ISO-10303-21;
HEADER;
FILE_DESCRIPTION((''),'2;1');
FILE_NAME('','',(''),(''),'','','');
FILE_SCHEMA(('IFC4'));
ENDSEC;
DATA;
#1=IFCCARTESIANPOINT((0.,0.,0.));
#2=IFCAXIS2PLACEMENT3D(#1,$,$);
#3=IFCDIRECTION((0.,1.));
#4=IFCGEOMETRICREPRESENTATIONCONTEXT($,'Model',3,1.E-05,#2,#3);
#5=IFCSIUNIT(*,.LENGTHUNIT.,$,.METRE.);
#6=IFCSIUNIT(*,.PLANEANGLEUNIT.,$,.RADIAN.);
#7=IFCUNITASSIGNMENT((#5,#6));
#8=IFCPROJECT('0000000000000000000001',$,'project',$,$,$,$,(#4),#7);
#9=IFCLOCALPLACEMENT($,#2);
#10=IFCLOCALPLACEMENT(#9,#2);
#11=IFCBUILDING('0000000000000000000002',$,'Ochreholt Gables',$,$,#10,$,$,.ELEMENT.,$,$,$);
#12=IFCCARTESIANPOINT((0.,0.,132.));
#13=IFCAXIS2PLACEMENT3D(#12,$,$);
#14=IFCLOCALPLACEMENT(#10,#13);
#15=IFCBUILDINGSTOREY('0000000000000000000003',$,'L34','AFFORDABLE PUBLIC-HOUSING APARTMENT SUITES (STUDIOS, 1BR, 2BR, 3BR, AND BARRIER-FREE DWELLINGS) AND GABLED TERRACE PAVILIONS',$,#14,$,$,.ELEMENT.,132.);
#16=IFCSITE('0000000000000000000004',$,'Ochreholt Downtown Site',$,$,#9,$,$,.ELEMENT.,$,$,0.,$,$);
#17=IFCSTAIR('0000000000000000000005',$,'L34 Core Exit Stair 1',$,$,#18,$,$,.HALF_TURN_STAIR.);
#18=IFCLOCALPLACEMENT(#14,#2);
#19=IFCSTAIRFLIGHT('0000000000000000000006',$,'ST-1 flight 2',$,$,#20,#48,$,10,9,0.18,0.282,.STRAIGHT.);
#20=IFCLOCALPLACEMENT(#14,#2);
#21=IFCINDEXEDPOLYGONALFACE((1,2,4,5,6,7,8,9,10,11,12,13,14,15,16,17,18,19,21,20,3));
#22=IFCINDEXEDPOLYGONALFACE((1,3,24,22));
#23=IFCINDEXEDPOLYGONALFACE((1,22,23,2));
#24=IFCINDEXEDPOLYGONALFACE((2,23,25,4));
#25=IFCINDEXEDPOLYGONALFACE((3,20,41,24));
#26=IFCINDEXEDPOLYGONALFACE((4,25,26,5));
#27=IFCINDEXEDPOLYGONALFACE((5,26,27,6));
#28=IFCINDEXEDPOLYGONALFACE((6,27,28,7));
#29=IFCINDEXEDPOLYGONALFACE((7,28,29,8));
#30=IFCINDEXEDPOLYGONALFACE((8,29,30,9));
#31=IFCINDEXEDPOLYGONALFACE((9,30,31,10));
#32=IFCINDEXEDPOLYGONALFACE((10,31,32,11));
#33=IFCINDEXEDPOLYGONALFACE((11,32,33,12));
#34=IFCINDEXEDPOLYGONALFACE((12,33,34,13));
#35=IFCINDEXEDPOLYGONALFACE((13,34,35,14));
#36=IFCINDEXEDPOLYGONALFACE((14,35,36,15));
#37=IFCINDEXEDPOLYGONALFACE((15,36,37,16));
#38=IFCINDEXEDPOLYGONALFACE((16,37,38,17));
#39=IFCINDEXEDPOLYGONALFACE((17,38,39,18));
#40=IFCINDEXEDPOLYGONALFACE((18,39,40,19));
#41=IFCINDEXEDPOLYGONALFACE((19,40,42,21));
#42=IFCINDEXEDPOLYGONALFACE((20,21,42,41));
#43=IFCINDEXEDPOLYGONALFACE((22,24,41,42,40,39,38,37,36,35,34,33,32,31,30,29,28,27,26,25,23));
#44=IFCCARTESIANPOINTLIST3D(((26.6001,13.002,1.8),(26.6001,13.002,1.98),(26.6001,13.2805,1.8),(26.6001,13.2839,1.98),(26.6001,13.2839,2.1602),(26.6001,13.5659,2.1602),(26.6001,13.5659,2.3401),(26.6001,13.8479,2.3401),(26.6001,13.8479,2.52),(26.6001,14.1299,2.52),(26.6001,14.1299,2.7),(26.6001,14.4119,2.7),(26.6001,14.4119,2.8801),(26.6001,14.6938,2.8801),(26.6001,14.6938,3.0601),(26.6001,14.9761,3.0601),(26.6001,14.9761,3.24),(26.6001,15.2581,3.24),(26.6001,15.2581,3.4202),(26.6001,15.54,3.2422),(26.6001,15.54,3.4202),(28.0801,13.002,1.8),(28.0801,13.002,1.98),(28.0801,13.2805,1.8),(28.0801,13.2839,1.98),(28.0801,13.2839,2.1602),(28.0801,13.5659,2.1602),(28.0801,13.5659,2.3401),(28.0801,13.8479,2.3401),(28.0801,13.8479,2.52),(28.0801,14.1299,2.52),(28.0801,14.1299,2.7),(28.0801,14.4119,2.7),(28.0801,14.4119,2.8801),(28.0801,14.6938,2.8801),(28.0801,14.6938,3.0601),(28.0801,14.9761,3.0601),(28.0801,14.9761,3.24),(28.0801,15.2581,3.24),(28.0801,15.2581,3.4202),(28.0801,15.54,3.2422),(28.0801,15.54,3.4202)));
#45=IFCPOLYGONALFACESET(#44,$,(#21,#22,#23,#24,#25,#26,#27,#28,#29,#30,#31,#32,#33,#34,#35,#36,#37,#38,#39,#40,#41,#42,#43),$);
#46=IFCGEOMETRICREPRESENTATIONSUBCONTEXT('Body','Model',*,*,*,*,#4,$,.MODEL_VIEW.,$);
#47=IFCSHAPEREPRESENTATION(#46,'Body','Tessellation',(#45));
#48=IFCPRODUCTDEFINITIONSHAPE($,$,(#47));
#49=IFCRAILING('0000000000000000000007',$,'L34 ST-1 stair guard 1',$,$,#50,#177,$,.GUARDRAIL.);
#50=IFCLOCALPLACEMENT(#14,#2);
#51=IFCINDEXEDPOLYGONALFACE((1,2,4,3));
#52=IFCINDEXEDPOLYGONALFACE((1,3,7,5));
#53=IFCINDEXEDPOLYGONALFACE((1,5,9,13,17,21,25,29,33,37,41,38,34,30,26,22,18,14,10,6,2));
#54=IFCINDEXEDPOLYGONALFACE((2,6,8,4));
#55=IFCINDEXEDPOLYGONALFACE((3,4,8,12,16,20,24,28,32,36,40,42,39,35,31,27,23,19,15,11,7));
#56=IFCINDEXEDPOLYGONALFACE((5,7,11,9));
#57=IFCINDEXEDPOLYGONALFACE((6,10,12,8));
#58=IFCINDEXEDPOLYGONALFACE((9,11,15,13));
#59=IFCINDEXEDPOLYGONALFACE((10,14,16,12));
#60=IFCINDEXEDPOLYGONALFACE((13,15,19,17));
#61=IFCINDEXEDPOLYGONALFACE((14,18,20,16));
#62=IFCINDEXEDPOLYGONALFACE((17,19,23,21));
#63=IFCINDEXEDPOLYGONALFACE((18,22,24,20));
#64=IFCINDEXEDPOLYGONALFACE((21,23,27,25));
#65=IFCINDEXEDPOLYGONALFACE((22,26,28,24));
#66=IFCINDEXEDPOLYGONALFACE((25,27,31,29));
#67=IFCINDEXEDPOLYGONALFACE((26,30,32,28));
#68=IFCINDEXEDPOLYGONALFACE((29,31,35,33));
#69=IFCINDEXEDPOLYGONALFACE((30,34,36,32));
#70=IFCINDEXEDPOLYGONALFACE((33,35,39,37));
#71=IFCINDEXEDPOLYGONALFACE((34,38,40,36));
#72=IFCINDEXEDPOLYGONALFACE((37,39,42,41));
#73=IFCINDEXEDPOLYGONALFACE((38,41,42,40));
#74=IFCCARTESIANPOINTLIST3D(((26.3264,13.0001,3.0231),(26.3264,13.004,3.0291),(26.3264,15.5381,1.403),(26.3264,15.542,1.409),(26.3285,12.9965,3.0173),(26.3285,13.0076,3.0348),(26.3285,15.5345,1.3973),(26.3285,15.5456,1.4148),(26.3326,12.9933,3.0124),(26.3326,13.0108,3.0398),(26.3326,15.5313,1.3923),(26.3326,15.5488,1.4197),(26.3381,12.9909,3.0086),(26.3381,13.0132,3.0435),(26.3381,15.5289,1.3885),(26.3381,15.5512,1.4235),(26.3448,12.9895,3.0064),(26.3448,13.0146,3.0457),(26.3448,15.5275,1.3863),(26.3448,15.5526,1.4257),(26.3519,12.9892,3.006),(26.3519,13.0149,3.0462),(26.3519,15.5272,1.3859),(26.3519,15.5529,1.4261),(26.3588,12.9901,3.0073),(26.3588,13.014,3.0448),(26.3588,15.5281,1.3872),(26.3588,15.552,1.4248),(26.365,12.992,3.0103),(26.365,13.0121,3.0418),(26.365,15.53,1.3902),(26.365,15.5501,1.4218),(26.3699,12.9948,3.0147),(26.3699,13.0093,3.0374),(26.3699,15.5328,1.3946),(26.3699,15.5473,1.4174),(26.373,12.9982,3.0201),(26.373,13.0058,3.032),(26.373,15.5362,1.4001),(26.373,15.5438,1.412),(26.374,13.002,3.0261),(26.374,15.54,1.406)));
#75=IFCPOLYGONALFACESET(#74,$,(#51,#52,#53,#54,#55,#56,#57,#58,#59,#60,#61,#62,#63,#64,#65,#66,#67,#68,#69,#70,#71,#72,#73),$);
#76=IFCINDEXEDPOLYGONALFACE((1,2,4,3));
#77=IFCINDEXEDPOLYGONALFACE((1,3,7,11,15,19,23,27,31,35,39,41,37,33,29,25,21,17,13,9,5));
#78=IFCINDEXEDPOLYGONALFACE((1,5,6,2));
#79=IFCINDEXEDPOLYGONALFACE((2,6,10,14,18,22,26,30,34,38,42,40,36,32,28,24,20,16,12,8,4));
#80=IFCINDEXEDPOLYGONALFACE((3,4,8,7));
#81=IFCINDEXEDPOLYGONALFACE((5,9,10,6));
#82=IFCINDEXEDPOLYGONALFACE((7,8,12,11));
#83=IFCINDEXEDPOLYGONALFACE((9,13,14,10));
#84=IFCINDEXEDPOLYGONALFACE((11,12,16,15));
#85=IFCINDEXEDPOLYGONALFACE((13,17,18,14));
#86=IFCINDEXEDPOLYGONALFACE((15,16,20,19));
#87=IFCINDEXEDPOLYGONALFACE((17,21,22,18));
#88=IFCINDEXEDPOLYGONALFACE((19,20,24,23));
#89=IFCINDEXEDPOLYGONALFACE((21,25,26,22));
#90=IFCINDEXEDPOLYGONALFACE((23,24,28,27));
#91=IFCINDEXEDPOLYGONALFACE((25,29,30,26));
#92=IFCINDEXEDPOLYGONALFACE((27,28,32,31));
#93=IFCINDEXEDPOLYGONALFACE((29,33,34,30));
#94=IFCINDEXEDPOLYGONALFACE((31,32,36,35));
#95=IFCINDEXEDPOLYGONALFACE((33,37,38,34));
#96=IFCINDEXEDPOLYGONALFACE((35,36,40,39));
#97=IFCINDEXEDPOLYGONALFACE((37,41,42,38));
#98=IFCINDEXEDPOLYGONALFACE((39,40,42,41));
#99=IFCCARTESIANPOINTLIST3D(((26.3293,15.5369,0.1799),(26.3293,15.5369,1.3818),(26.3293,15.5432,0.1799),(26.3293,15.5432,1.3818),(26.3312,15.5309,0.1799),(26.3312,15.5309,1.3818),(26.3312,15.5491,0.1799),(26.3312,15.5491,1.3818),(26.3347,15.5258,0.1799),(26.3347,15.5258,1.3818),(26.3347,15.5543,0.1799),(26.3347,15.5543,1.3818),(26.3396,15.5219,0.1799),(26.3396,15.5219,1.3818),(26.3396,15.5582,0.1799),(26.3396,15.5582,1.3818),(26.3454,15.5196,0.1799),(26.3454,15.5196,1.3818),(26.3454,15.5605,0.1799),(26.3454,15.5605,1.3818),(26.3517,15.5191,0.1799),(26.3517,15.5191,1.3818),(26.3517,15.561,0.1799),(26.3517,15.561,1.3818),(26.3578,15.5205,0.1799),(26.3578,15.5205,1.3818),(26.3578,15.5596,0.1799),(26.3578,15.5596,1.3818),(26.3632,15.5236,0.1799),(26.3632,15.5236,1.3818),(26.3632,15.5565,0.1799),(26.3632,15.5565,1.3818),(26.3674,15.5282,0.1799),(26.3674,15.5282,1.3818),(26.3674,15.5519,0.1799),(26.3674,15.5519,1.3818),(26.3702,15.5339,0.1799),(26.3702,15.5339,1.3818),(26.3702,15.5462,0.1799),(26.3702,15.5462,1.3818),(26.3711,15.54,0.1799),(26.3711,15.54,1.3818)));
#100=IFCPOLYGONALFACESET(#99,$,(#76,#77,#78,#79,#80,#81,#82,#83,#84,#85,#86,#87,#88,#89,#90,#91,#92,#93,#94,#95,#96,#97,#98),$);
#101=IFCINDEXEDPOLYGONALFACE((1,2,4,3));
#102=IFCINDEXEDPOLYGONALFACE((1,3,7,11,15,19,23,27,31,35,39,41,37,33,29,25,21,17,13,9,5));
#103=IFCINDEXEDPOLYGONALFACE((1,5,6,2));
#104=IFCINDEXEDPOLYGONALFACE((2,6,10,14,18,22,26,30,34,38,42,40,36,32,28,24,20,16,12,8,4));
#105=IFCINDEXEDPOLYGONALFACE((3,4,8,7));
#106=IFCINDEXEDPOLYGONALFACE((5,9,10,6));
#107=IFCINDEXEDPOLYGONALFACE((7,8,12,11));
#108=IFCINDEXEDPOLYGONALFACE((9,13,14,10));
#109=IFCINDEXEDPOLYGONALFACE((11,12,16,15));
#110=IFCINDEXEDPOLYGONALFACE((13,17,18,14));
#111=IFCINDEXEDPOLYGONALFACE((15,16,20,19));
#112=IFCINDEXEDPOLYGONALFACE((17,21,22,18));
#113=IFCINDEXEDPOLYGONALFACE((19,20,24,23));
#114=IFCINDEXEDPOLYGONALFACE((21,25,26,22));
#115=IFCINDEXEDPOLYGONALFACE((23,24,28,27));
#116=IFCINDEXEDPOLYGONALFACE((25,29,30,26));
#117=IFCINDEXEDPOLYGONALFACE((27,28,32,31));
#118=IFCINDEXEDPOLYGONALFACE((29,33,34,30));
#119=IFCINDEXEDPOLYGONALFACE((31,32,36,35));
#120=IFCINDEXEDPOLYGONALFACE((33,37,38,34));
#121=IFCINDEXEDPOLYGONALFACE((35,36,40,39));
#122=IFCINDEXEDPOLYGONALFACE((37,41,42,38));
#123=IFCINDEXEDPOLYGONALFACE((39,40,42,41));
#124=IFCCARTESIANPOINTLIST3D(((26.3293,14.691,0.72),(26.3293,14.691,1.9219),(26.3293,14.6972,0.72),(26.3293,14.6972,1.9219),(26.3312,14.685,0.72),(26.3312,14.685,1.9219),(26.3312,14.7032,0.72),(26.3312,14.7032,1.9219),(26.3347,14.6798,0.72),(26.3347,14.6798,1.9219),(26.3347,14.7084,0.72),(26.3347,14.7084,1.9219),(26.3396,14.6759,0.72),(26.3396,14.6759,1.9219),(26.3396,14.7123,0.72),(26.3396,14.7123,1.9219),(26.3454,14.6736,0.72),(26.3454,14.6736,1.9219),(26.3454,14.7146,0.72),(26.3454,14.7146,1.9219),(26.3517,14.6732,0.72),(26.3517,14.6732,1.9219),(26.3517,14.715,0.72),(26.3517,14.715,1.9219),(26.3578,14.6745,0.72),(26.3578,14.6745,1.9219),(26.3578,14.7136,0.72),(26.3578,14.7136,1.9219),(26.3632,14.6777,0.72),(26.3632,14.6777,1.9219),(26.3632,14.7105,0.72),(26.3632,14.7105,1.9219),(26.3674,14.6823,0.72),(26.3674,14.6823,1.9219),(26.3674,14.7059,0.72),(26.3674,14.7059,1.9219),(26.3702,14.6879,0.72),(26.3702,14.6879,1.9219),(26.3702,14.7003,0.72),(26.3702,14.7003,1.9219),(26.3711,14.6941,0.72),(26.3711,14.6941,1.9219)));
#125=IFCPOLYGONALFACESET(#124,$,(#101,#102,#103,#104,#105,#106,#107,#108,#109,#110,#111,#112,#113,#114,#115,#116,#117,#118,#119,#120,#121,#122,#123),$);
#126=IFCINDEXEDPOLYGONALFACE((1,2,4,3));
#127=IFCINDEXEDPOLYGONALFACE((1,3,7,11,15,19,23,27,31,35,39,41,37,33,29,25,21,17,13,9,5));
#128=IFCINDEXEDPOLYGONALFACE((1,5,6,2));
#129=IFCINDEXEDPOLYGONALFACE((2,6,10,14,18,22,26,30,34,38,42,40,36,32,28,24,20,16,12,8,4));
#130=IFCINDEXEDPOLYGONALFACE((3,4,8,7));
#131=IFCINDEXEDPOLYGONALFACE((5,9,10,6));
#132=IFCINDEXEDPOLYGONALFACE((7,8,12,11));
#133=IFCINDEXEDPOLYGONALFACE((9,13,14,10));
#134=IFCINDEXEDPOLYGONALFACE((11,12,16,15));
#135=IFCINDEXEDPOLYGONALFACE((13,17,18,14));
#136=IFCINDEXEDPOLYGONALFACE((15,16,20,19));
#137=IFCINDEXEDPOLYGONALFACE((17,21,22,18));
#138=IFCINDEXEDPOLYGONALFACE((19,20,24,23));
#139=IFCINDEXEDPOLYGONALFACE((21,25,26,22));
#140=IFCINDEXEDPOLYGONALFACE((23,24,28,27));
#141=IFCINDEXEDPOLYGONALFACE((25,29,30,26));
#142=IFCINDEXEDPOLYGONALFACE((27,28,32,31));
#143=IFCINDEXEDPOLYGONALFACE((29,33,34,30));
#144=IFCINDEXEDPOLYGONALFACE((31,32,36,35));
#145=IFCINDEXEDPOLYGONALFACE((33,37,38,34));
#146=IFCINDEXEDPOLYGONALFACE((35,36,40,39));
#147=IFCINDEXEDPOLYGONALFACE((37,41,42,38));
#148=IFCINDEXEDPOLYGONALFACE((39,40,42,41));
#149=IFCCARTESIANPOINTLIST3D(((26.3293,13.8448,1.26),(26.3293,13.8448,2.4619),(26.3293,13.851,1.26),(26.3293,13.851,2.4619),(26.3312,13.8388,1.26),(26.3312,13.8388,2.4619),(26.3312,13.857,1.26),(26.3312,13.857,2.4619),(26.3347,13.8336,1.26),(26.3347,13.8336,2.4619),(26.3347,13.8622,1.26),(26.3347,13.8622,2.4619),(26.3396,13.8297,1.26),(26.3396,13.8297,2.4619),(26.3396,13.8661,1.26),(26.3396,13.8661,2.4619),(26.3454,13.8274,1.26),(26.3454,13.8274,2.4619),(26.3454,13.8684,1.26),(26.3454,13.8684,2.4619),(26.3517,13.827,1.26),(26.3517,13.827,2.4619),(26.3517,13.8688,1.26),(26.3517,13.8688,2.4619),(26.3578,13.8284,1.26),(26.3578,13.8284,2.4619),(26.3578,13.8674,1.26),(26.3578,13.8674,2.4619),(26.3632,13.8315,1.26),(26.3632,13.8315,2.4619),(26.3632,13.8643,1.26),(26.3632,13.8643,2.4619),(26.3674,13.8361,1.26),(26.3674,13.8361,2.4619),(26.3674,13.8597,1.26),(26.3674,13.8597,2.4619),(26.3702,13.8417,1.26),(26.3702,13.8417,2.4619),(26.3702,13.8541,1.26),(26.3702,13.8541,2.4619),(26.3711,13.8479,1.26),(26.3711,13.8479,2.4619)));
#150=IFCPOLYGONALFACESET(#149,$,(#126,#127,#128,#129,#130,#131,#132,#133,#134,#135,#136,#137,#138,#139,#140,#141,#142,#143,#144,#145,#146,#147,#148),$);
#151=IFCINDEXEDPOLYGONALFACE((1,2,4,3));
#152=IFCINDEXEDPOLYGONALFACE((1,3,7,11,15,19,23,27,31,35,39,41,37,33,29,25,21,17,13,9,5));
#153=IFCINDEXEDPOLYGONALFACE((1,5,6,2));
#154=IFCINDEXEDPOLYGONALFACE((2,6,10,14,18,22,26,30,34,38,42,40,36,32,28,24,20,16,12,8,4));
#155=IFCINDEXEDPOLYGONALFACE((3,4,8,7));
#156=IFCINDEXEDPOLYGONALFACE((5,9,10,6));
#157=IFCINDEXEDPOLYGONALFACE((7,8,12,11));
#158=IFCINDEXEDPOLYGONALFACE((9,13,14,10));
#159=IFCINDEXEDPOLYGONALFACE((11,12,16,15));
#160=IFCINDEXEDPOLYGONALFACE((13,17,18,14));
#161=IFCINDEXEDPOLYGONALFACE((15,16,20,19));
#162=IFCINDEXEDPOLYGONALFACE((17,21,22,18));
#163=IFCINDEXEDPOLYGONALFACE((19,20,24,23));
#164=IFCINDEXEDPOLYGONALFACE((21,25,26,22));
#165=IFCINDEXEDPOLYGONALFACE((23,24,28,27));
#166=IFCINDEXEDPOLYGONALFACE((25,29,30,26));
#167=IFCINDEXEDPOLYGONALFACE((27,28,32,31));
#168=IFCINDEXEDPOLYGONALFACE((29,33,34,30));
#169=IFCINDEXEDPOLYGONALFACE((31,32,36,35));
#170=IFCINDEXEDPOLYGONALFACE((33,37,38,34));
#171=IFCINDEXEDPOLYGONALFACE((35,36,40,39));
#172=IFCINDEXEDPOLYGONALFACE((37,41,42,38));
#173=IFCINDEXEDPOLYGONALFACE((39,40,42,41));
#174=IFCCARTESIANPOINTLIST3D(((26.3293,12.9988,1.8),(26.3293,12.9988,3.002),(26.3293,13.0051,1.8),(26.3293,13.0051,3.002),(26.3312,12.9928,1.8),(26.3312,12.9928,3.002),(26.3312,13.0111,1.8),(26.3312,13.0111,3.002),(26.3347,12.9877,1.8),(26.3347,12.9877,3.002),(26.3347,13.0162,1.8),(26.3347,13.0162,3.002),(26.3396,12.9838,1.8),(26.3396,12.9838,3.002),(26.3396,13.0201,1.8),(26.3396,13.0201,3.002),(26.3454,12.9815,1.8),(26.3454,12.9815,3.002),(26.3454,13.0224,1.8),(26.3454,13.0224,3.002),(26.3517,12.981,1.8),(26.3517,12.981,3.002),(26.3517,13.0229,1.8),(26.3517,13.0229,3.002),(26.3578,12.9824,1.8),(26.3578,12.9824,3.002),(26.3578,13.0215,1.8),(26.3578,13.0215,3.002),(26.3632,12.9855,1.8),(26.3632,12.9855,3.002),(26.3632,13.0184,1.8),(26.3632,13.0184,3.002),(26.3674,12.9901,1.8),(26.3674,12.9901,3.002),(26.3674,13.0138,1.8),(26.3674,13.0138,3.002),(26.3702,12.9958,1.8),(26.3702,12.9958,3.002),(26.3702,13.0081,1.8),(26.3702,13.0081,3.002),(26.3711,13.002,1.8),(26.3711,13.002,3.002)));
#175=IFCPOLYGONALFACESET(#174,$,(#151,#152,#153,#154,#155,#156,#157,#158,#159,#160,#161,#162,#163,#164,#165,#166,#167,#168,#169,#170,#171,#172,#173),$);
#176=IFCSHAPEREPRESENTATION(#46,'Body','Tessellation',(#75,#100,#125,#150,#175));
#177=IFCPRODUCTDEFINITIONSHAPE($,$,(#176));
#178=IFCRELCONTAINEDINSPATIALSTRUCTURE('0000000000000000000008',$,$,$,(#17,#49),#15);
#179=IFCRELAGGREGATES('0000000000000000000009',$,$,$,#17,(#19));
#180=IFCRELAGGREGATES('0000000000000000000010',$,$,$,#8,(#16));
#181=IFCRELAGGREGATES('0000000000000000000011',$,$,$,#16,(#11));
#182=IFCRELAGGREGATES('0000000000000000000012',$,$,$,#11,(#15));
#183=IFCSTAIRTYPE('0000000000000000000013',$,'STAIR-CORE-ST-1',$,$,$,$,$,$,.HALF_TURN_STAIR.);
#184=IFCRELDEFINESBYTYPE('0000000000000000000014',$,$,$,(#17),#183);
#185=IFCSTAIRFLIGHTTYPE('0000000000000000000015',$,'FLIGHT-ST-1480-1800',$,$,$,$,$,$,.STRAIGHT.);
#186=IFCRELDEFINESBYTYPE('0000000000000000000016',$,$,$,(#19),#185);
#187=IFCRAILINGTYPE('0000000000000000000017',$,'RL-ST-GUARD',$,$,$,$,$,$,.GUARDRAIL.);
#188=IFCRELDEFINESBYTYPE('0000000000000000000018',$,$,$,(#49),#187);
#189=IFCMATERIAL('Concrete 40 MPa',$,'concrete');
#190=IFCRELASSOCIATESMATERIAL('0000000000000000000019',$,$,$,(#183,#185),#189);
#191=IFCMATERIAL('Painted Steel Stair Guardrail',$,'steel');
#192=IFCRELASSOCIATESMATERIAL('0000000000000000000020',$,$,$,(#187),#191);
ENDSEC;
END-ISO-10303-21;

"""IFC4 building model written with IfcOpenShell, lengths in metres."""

from ifc_helpers import new_model, si_unit, direction, frame, origin, origin_2d, place, context, subcontext, project, spatial, polyline, circle, outline, extrude, material, type_object, element, aggregate, save


model = new_model("IFC4")

# Units and contexts
model_context = context("Model", 3, precision=1e-05, world=origin(), true_north=direction((0.0, 1.0)))
body_context = subcontext(model_context, "Body", "Model", "MODEL_VIEW")
ifc_project = project(units=[si_unit("LENGTHUNIT", "METRE"), si_unit("PLANEANGLEUNIT", "RADIAN")], contexts=[model_context])

# Site, building, storey
site_placement = place(None, origin())
site = spatial("IfcSite", under=ifc_project, at=site_placement, Name="Ochreholt Downtown Site", CompositionType="ELEMENT", RefElevation=0.0)
building_placement = place(site_placement, origin())
building = spatial("IfcBuilding", under=site, at=building_placement, Name="Ochreholt Gables", CompositionType="ELEMENT")
storey_placement = place(building_placement, frame((0.0, 0.0, 132.0)))
storey = spatial("IfcBuildingStorey", under=building, at=storey_placement, Name="L34", Description="AFFORDABLE PUBLIC-HOUSING APARTMENT SUITES (STUDIOS, 1BR, 2BR, 3BR, AND BARRIER-FREE DWELLINGS) AND GABLED TERRACE PAVILIONS", CompositionType="ELEMENT", Elevation=132.0)

# Stair, stair flight
ifc_material_1 = material(Name="Concrete 40 MPa", Category="concrete")
stair_type = type_object("IfcStairType", Name="STAIR-CORE-ST-1", PredefinedType="HALF_TURN_STAIR", material=ifc_material_1)
stair_placement = place(storey_placement, origin())
stair = element("IfcStair", 1, at=stair_placement, inside=storey, type_object=stair_type, Name="L34 Core Exit Stair 1", PredefinedType="HALF_TURN_STAIR")
stair_flight_type = type_object("IfcStairFlightType", Name="FLIGHT-ST-1480-1800", PredefinedType="STRAIGHT", material=ifc_material_1)
stair_flight_1_placement = place(storey_placement, frame((27.3401, 13.002, 1.8), z_axis=(0.0, 0.0, 1.0), x_axis=(0.0, 1.0, 0.0)))
stair_flight_1 = element("IfcStairFlight", 2, at=stair_flight_1_placement, type_object=stair_flight_type, Name="ST-1 flight 2", NumberOfRisers=10, NumberOfTreads=9, PredefinedType="STRAIGHT", RiserHeight=0.18, TreadLength=0.282, context=body_context, shape_type="SweptSolid", body=[
    extrude(outline(polyline([(0.0, 0.0), (0.0, 0.1799), (0.282, 0.1799), (0.282, 0.3601), (0.564, 0.3601), (0.564, 0.54), (0.8459, 0.54), (0.8459, 0.72), (1.1279, 0.72), (1.1279, 0.8999), (1.4099, 0.8999), (1.4099, 1.0801), (1.6919, 1.0801), (1.6919, 1.26), (1.9741, 1.26), (1.9741, 1.4399), (2.2561, 1.4399), (2.2561, 1.6201), (2.5381, 1.6201), (2.5381, 1.8), (2.5381, 1.4421), (0.2786, 0.0), (0.0, 0.0)])), frame((0.0, 0.74, 0.0), z_axis=(0.0, -1.0, 0.0), x_axis=(1.0, 0.0, 0.0)), (0.0, 0.0, 1.0), 1.48),
])
aggregate(stair, [stair_flight_1])

# Railing
ifc_material_2 = material(Name="Painted Steel Stair Guardrail", Category="steel")
railing_type_1 = type_object("IfcRailingType", Name="RL-ST-GUARD", PredefinedType="GUARDRAIL", material=ifc_material_2)
railing_1_placement = place(storey_placement, frame((26.3501, 15.54, 0.1799)))
element("IfcRailing", 3, at=railing_1_placement, inside=storey, type_object=railing_type_1, Name="L34 ST-1 stair guard 1", PredefinedType="GUARDRAIL", context=body_context, shape_type="SweptSolid", body=[
    extrude(circle(Radius=0.0239, at=origin_2d()), frame((0.0, 0.0, 1.2261), z_axis=(0.0, -0.842913, 0.53805), x_axis=(1.0, 0.0, 0.0)), (0.0, 0.0, 1.0), 3.011),
    extrude(circle(Radius=0.021, at=origin_2d()), origin(), (0.0, 0.0, 1.0), 1.2019),
    extrude(circle(Radius=0.021, at=origin_2d()), frame((0.0, -0.8459, 0.54)), (0.0, 0.0, 1.0), 1.2019),
    extrude(circle(Radius=0.021, at=origin_2d()), frame((0.0, -1.6921, 1.0801)), (0.0, 0.0, 1.0), 1.2019),
    extrude(circle(Radius=0.021, at=origin_2d()), frame((0.0, -2.5381, 1.6201)), (0.0, 0.0, 1.0), 1.2019),
])

save(model, "model.ifc")
